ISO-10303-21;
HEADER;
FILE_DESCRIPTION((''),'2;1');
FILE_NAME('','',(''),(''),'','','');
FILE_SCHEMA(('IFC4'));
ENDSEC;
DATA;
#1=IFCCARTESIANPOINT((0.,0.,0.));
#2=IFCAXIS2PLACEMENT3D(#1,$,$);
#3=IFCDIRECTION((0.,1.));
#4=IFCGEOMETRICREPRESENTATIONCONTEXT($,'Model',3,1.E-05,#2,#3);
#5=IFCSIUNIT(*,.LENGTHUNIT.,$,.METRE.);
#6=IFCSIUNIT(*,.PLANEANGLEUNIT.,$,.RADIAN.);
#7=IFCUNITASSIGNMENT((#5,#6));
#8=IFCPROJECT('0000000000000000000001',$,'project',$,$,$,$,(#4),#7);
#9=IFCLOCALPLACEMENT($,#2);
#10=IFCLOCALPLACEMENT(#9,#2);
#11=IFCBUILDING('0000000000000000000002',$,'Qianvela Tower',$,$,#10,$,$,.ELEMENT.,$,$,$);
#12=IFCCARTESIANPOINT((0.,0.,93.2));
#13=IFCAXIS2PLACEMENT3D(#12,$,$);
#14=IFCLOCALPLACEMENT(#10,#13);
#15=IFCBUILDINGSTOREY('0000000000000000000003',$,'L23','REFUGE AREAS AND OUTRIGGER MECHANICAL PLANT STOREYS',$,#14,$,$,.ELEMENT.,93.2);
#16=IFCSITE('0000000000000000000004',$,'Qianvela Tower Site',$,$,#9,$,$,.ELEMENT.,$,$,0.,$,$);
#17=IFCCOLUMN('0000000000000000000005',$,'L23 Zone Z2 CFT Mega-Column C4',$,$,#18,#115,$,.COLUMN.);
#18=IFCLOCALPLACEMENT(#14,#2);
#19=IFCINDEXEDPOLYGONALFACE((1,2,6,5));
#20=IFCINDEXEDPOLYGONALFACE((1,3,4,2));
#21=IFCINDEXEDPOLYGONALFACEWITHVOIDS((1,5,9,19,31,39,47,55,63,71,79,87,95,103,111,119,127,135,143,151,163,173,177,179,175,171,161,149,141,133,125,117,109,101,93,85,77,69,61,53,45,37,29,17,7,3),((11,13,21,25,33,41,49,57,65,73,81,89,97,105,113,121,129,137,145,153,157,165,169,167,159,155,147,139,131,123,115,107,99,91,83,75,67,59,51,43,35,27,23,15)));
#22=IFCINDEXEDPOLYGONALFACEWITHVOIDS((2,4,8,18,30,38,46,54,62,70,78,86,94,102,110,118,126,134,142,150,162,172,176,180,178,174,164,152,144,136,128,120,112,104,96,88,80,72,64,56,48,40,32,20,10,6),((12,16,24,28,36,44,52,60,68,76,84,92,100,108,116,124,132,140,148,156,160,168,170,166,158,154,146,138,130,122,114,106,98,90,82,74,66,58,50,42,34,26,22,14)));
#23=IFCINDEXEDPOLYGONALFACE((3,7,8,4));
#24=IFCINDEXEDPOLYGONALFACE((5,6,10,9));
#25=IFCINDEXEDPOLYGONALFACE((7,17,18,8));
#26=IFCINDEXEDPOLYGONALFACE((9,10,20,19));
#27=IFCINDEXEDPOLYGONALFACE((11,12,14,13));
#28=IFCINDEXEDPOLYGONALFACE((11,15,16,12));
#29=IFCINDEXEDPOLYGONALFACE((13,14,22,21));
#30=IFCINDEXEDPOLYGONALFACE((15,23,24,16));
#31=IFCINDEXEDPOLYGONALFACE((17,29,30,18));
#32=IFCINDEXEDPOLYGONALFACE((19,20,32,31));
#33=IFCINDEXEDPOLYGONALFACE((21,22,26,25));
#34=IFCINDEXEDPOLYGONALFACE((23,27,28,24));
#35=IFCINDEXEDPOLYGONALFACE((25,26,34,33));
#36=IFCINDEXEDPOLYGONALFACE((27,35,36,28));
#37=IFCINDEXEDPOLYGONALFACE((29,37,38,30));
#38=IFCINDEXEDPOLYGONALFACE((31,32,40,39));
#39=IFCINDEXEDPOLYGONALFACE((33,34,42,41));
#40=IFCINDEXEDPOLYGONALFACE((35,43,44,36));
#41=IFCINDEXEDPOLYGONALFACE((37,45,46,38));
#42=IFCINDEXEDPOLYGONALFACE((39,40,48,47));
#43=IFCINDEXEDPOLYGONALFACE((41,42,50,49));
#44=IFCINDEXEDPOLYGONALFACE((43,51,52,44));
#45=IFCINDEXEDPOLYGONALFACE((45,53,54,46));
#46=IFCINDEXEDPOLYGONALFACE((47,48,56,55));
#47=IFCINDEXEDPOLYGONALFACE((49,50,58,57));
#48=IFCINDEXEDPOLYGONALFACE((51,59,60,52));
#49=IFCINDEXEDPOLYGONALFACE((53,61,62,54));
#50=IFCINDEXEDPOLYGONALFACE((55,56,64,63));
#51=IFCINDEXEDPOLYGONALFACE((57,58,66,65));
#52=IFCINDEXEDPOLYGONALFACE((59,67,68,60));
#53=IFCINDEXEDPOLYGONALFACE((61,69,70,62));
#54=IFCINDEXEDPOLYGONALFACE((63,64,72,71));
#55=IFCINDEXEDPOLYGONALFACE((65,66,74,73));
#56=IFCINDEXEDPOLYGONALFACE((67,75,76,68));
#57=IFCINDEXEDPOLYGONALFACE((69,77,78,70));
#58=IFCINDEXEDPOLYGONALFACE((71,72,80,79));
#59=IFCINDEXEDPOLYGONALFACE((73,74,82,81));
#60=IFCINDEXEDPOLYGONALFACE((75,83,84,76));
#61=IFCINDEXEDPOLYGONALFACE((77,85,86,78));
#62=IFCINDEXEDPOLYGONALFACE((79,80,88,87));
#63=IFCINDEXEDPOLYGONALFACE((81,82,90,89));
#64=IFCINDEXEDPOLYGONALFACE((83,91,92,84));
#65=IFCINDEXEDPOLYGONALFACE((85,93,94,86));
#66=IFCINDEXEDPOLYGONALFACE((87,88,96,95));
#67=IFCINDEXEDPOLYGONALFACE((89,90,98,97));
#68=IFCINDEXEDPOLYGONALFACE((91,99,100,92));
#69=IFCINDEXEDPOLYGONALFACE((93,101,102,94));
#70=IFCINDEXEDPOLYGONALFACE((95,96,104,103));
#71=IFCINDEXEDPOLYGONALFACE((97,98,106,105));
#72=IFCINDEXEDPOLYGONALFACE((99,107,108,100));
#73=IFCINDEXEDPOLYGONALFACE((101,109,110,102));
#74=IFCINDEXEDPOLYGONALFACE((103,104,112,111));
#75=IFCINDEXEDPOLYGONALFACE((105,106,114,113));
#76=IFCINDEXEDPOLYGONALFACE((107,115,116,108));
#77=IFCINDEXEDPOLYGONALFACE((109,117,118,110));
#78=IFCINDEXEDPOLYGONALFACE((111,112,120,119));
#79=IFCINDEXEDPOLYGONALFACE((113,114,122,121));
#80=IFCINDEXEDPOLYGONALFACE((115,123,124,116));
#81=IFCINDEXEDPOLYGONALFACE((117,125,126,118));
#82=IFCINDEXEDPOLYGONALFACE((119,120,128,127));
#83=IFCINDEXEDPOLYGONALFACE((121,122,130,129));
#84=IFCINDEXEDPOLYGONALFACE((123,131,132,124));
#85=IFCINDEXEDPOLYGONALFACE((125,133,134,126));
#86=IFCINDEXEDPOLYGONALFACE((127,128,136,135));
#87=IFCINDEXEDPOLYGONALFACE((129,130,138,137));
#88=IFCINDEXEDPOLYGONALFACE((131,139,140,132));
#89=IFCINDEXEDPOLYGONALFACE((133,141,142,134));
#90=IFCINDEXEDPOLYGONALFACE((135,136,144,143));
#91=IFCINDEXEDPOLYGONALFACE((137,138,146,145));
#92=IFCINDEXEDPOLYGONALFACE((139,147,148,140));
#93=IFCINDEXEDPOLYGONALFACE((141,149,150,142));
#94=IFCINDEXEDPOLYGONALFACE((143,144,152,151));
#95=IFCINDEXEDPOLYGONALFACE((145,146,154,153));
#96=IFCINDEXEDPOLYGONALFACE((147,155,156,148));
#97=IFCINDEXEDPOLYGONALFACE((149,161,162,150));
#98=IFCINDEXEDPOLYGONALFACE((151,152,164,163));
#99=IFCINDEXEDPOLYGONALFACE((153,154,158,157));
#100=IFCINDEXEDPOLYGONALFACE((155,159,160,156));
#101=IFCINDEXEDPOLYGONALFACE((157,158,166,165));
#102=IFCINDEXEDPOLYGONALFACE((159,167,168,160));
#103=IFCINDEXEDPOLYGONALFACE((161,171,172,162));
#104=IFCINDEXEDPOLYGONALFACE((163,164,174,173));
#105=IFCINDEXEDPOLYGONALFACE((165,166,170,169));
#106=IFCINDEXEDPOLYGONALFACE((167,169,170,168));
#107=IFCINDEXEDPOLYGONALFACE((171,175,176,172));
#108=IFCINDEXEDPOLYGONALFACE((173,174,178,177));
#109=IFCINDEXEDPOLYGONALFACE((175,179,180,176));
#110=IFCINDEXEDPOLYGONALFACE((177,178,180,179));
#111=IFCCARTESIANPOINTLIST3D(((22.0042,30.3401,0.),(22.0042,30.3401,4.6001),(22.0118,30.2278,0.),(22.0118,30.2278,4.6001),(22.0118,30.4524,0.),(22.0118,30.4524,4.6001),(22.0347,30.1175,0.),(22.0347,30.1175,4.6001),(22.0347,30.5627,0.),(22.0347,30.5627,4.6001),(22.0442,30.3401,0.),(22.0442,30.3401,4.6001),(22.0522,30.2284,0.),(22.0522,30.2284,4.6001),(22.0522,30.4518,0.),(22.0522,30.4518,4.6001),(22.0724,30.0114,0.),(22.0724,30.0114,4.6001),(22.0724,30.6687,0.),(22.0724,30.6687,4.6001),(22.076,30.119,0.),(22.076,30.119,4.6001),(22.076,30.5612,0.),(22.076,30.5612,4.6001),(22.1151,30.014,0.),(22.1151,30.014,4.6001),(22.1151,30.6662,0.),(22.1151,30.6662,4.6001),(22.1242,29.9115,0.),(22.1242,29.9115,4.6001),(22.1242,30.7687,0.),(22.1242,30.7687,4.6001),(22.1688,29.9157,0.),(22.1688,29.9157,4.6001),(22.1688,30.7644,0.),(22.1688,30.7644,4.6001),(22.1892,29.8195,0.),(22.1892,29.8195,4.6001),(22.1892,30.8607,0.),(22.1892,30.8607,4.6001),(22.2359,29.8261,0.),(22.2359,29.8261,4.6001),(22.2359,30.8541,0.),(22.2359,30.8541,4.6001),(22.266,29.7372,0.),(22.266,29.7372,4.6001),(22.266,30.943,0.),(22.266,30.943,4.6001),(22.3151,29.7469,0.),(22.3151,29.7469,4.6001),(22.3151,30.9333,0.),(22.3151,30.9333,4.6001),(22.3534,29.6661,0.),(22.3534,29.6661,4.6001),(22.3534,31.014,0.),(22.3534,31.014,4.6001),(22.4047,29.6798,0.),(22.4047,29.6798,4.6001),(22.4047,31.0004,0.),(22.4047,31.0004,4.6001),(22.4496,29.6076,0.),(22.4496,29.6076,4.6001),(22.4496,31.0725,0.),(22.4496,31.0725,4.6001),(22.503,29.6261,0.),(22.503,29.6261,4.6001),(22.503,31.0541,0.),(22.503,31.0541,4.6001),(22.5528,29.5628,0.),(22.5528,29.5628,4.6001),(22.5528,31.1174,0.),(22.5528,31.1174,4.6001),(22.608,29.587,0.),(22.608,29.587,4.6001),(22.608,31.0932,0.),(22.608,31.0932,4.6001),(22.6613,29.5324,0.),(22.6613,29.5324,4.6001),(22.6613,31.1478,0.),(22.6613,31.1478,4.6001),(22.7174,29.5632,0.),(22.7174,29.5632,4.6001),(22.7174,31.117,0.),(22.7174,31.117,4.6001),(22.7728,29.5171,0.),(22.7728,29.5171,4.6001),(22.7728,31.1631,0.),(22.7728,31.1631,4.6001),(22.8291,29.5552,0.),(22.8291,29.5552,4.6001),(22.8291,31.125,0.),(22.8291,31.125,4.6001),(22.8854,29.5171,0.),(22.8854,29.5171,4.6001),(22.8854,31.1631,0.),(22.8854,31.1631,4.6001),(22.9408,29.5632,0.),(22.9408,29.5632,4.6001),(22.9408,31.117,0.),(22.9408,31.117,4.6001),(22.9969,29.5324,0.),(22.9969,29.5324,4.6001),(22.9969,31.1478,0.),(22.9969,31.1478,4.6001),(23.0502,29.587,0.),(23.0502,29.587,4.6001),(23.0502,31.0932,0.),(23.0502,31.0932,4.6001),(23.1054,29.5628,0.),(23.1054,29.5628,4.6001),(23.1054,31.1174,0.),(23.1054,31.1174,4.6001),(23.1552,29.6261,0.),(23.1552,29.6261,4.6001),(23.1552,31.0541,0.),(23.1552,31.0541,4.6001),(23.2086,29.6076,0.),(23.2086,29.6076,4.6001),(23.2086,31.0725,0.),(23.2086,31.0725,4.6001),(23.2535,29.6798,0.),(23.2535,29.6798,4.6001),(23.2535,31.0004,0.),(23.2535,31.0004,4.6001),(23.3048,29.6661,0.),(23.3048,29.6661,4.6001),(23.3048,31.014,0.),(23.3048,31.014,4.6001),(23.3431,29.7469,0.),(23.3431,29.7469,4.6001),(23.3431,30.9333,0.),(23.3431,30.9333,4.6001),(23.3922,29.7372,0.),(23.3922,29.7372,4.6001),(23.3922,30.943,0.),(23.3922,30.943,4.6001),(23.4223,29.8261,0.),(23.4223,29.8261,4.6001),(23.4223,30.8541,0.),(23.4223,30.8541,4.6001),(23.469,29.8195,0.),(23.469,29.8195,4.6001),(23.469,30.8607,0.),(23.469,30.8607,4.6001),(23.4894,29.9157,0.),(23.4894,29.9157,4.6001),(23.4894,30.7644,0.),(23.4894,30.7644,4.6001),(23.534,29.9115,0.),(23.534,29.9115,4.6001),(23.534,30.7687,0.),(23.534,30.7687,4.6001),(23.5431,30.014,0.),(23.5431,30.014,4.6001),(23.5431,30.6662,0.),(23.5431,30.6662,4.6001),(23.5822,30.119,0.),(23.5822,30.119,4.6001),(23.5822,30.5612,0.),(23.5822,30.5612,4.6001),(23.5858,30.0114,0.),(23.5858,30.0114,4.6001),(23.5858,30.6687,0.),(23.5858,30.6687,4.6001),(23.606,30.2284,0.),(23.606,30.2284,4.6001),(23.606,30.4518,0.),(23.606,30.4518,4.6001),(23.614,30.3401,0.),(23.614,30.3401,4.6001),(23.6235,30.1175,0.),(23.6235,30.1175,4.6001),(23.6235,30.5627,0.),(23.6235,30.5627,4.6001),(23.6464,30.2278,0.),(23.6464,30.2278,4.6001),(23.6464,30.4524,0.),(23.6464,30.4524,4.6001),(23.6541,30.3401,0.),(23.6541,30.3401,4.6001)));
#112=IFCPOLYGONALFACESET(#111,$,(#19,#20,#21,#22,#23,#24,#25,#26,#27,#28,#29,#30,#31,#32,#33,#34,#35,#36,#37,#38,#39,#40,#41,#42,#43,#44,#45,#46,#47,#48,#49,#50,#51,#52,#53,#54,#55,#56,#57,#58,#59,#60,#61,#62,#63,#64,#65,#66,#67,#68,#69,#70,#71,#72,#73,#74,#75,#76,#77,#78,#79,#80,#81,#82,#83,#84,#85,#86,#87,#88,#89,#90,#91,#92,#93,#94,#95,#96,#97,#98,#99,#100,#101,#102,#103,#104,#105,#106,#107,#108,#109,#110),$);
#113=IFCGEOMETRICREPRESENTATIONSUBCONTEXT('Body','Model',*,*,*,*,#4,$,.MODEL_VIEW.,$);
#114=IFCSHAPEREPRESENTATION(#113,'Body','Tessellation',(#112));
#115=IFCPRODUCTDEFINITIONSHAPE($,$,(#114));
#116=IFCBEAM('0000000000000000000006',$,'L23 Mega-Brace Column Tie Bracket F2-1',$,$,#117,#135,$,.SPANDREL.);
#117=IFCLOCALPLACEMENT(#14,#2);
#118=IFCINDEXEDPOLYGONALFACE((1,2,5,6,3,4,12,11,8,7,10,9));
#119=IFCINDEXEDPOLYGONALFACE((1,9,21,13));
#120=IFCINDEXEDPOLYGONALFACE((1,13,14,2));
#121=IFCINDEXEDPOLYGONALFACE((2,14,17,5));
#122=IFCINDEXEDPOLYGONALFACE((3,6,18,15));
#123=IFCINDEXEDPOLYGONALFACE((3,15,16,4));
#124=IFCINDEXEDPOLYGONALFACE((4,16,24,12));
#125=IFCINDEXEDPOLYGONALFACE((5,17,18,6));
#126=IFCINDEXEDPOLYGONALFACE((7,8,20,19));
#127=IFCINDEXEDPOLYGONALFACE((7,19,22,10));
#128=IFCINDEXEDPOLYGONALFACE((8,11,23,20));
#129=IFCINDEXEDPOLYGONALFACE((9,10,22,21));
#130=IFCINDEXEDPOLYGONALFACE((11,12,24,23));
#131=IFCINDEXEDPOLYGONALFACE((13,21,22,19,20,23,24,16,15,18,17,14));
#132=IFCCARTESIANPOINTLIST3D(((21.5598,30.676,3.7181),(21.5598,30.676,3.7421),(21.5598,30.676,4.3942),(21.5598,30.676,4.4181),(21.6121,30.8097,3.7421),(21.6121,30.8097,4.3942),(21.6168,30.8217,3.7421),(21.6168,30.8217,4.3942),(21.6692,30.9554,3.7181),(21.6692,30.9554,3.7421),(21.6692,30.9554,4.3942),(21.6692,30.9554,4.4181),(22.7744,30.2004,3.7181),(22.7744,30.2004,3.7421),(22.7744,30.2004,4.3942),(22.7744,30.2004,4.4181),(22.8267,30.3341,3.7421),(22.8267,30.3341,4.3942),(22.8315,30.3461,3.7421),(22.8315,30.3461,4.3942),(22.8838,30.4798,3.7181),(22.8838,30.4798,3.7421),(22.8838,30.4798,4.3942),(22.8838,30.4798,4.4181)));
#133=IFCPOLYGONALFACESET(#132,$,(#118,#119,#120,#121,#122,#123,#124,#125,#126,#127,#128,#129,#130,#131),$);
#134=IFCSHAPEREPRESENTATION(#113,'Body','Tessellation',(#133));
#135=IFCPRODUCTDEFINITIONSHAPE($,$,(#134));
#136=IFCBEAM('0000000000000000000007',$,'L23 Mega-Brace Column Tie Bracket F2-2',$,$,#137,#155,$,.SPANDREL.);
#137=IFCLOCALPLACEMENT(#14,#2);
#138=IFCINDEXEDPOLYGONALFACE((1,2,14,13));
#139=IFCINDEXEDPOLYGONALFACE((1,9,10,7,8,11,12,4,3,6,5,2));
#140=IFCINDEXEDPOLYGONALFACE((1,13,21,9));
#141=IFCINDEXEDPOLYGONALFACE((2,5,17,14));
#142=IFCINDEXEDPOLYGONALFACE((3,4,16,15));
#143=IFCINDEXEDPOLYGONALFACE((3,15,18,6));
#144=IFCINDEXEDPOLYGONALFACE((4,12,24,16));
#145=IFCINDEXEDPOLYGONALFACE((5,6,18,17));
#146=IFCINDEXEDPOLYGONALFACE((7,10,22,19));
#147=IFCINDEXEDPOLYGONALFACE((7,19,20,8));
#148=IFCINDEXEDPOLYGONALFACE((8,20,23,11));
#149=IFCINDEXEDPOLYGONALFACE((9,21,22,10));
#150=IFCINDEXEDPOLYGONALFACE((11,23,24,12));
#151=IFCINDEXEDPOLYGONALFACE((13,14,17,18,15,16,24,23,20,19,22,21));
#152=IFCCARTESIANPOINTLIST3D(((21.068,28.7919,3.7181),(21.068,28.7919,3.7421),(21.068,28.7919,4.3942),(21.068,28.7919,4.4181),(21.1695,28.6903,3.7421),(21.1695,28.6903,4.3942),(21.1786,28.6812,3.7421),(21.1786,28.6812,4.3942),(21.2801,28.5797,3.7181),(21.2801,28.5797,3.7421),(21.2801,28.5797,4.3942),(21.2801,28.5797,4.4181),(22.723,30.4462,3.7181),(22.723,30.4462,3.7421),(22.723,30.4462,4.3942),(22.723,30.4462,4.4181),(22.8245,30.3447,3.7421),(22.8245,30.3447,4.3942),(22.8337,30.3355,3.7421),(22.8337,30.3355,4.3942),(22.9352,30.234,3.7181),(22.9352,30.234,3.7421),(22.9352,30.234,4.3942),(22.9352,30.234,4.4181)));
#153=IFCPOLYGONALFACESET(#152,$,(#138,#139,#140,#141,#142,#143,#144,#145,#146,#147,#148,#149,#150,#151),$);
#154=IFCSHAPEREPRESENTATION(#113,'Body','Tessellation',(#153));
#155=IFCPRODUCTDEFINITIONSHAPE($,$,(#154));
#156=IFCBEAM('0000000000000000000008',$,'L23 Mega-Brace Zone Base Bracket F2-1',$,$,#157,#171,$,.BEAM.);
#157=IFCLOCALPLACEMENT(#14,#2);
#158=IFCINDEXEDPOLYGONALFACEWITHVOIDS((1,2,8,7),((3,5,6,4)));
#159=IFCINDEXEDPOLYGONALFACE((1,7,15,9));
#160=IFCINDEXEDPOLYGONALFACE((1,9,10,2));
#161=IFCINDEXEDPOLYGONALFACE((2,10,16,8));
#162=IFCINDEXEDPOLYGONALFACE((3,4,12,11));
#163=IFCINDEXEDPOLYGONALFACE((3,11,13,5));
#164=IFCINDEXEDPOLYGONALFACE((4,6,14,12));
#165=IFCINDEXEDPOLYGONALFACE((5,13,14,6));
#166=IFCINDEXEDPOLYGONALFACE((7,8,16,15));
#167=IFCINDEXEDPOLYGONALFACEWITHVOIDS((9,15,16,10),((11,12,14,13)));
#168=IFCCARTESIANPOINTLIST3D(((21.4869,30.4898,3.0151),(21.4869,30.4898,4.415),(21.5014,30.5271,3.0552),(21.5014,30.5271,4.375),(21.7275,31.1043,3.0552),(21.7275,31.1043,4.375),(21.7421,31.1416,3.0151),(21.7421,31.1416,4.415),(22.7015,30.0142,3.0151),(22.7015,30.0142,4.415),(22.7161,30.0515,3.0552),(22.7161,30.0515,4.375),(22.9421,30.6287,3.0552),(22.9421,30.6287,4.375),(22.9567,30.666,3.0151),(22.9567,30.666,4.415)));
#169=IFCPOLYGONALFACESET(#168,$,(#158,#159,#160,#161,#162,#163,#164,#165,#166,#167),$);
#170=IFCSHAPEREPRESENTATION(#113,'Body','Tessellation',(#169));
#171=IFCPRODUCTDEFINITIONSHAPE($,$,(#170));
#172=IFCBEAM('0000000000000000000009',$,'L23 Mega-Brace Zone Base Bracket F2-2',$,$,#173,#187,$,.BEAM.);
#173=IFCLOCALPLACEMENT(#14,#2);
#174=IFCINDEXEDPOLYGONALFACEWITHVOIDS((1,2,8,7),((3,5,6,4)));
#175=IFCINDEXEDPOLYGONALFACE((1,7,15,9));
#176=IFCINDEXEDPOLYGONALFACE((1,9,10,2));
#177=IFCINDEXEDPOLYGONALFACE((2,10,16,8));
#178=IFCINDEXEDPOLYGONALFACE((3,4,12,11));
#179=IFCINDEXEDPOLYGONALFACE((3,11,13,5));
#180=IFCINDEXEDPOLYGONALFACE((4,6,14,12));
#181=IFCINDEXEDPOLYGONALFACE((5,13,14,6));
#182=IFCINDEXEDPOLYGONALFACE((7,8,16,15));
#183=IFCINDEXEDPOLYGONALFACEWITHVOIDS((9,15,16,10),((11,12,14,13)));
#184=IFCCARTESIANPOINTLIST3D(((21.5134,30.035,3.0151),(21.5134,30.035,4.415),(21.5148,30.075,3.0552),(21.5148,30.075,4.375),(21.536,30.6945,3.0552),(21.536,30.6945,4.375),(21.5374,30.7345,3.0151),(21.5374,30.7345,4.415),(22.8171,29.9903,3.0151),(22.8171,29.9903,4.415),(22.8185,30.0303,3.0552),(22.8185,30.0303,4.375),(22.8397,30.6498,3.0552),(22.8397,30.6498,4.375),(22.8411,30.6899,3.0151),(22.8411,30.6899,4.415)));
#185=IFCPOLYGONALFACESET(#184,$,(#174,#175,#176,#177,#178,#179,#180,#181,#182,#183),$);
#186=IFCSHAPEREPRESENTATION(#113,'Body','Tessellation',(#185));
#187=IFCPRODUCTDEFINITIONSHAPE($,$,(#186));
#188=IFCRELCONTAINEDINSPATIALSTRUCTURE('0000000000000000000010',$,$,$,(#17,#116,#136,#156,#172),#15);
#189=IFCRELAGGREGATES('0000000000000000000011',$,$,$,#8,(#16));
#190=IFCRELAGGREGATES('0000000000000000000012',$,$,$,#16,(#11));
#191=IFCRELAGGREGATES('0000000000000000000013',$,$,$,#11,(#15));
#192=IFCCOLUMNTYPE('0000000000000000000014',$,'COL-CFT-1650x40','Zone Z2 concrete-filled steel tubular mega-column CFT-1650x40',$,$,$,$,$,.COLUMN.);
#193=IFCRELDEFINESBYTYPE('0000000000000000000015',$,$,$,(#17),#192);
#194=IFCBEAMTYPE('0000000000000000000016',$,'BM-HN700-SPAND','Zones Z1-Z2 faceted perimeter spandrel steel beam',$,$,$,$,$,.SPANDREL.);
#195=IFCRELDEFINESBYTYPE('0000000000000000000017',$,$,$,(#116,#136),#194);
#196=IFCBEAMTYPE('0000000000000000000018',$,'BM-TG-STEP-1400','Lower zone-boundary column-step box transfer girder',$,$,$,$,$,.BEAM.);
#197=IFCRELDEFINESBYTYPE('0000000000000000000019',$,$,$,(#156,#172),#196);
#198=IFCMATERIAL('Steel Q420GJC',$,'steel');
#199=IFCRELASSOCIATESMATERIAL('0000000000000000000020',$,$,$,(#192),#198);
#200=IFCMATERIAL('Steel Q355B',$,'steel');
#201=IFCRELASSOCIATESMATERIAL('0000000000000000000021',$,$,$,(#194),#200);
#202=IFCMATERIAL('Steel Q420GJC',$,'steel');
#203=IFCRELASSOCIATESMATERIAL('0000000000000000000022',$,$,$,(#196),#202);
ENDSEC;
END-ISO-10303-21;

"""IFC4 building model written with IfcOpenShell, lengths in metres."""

from ifc_helpers import new_model, si_unit, direction, frame, origin, origin_2d, place, context, subcontext, project, spatial, hollow_rectangle, hollow_circle, i_section, extrude, material, material_profile, profile_set, type_object, element, save


model = new_model("IFC4")

# Units and contexts
model_context = context("Model", 3, precision=1e-05, world=origin(), true_north=direction((0.0, 1.0)))
body_context = subcontext(model_context, "Body", "Model", "MODEL_VIEW")
ifc_project = project(units=[si_unit("LENGTHUNIT", "METRE"), si_unit("PLANEANGLEUNIT", "RADIAN")], contexts=[model_context])

# Site, building, storey
site_placement = place(None, origin())
site = spatial("IfcSite", under=ifc_project, at=site_placement, Name="Qianvela Tower Site", CompositionType="ELEMENT", RefElevation=0.0)
building_placement = place(site_placement, origin())
building = spatial("IfcBuilding", under=site, at=building_placement, Name="Qianvela Tower", CompositionType="ELEMENT")
storey_placement = place(building_placement, frame((0.0, 0.0, 93.2)))
storey = spatial("IfcBuildingStorey", under=building, at=storey_placement, Name="L23", Description="REFUGE AREAS AND OUTRIGGER MECHANICAL PLANT STOREYS", CompositionType="ELEMENT", Elevation=93.2)

# Column
ifc_material_1 = material(Name="Steel Q420GJC", Category="steel")
ifc_material_profile_1 = material_profile(ifc_material_1, hollow_circle(Radius=0.825, WallThickness=0.04, at=origin_2d()), Name="CFT-1650x40")
ifc_profile_set_1 = profile_set([ifc_material_profile_1], Name="Steel Q420GJC")
column_type = type_object("IfcColumnType", Name="COL-CFT-1650x40", Description="Zone Z2 concrete-filled steel tubular mega-column CFT-1650x40", PredefinedType="COLUMN", material=ifc_profile_set_1)
column_placement = place(storey_placement, frame((22.8291, 30.3401, 0.0), z_axis=(0.0, 0.0, 1.0), x_axis=(1.0, 0.0, 0.0)))
element("IfcColumn", 1, at=column_placement, inside=storey, type_object=column_type, Name="L23 Zone Z2 CFT Mega-Column C4", PredefinedType="COLUMN", context=body_context, shape_type="SweptSolid", body=[
    extrude(hollow_circle(Radius=0.825, WallThickness=0.04, at=origin_2d()), origin(), (0.0, 0.0, 1.0), 4.6001),
])

# Beams
ifc_material_2 = material(Name="Steel Q355B", Category="steel")
ifc_material_profile_2 = material_profile(ifc_material_2, i_section(OverallWidth=0.3, OverallDepth=0.7, WebThickness=0.0129, FlangeThickness=0.0239, at=origin_2d()), Name="HN700x300x13x24")
ifc_profile_set_2 = profile_set([ifc_material_profile_2], Name="Steel Q355B")
beam_type_1 = type_object("IfcBeamType", Name="BM-HN700-SPAND", Description="Zones Z1-Z2 faceted perimeter spandrel steel beam", PredefinedType="SPANDREL", material=ifc_profile_set_2)
beam_1_placement = place(storey_placement, frame((22.8291, 30.3401, 4.0681), z_axis=(-0.931163, 0.364604, 0.0), x_axis=(-0.364604, -0.931163, 0.0)))
element("IfcBeam", 2, at=beam_1_placement, inside=storey, type_object=beam_type_1, Name="L23 Mega-Brace Column Tie Bracket F2-1", PredefinedType="SPANDREL", context=body_context, shape_type="SweptSolid", body=[
    extrude(i_section(OverallWidth=0.3, OverallDepth=0.7, WebThickness=0.0129, FlangeThickness=0.0239, at=origin_2d()), origin(), (0.0, 0.0, 1.0), 1.3044),
])
beam_2_placement = place(storey_placement, frame((22.8291, 30.3401, 4.0681), z_axis=(-0.707263, -0.70695, 0.0), x_axis=(0.70695, -0.707263, 0.0)))
element("IfcBeam", 3, at=beam_2_placement, inside=storey, type_object=beam_type_1, Name="L23 Mega-Brace Column Tie Bracket F2-2", PredefinedType="SPANDREL", context=body_context, shape_type="SweptSolid", body=[
    extrude(i_section(OverallWidth=0.3, OverallDepth=0.7, WebThickness=0.0129, FlangeThickness=0.0239, at=origin_2d()), origin(), (0.0, 0.0, 1.0), 2.3401),
])
ifc_material_3 = material(Name="Steel Q420GJC", Category="steel")
ifc_material_profile_3 = material_profile(ifc_material_3, hollow_rectangle(XDim=0.7, YDim=1.3999, WallThickness=0.04, at=origin_2d()), Name="TG-BOX-1400x700x40")
ifc_profile_set_3 = profile_set([ifc_material_profile_3], Name="Steel Q420GJC")
beam_type_2 = type_object("IfcBeamType", Name="BM-TG-STEP-1400", Description="Lower zone-boundary column-step box transfer girder", PredefinedType="BEAM", material=ifc_profile_set_3)
for number, where, z_axis, x_axis, name in (
    (4, (22.8291, 30.3401, 3.7151), (-0.931163, 0.364604, 0.0), (-0.364604, -0.931163, 0.0), "L23 Mega-Brace Zone Base Bracket F2-1"),
    (5, (22.8291, 30.3401, 3.7151), (-0.999413, 0.03425, 0.0), (-0.03425, -0.999413, 0.0), "L23 Mega-Brace Zone Base Bracket F2-2"),
):
    element("IfcBeam", number, at=place(storey_placement, frame(where, z_axis=z_axis, x_axis=x_axis)), inside=storey, type_object=beam_type_2, Name=name, PredefinedType="BEAM", context=body_context, shape_type="SweptSolid", body=[
        extrude(hollow_rectangle(XDim=0.7, YDim=1.3999, WallThickness=0.04, at=origin_2d()), origin(), (0.0, 0.0, 1.0), 1.3044),
    ])

save(model, "model.ifc")
